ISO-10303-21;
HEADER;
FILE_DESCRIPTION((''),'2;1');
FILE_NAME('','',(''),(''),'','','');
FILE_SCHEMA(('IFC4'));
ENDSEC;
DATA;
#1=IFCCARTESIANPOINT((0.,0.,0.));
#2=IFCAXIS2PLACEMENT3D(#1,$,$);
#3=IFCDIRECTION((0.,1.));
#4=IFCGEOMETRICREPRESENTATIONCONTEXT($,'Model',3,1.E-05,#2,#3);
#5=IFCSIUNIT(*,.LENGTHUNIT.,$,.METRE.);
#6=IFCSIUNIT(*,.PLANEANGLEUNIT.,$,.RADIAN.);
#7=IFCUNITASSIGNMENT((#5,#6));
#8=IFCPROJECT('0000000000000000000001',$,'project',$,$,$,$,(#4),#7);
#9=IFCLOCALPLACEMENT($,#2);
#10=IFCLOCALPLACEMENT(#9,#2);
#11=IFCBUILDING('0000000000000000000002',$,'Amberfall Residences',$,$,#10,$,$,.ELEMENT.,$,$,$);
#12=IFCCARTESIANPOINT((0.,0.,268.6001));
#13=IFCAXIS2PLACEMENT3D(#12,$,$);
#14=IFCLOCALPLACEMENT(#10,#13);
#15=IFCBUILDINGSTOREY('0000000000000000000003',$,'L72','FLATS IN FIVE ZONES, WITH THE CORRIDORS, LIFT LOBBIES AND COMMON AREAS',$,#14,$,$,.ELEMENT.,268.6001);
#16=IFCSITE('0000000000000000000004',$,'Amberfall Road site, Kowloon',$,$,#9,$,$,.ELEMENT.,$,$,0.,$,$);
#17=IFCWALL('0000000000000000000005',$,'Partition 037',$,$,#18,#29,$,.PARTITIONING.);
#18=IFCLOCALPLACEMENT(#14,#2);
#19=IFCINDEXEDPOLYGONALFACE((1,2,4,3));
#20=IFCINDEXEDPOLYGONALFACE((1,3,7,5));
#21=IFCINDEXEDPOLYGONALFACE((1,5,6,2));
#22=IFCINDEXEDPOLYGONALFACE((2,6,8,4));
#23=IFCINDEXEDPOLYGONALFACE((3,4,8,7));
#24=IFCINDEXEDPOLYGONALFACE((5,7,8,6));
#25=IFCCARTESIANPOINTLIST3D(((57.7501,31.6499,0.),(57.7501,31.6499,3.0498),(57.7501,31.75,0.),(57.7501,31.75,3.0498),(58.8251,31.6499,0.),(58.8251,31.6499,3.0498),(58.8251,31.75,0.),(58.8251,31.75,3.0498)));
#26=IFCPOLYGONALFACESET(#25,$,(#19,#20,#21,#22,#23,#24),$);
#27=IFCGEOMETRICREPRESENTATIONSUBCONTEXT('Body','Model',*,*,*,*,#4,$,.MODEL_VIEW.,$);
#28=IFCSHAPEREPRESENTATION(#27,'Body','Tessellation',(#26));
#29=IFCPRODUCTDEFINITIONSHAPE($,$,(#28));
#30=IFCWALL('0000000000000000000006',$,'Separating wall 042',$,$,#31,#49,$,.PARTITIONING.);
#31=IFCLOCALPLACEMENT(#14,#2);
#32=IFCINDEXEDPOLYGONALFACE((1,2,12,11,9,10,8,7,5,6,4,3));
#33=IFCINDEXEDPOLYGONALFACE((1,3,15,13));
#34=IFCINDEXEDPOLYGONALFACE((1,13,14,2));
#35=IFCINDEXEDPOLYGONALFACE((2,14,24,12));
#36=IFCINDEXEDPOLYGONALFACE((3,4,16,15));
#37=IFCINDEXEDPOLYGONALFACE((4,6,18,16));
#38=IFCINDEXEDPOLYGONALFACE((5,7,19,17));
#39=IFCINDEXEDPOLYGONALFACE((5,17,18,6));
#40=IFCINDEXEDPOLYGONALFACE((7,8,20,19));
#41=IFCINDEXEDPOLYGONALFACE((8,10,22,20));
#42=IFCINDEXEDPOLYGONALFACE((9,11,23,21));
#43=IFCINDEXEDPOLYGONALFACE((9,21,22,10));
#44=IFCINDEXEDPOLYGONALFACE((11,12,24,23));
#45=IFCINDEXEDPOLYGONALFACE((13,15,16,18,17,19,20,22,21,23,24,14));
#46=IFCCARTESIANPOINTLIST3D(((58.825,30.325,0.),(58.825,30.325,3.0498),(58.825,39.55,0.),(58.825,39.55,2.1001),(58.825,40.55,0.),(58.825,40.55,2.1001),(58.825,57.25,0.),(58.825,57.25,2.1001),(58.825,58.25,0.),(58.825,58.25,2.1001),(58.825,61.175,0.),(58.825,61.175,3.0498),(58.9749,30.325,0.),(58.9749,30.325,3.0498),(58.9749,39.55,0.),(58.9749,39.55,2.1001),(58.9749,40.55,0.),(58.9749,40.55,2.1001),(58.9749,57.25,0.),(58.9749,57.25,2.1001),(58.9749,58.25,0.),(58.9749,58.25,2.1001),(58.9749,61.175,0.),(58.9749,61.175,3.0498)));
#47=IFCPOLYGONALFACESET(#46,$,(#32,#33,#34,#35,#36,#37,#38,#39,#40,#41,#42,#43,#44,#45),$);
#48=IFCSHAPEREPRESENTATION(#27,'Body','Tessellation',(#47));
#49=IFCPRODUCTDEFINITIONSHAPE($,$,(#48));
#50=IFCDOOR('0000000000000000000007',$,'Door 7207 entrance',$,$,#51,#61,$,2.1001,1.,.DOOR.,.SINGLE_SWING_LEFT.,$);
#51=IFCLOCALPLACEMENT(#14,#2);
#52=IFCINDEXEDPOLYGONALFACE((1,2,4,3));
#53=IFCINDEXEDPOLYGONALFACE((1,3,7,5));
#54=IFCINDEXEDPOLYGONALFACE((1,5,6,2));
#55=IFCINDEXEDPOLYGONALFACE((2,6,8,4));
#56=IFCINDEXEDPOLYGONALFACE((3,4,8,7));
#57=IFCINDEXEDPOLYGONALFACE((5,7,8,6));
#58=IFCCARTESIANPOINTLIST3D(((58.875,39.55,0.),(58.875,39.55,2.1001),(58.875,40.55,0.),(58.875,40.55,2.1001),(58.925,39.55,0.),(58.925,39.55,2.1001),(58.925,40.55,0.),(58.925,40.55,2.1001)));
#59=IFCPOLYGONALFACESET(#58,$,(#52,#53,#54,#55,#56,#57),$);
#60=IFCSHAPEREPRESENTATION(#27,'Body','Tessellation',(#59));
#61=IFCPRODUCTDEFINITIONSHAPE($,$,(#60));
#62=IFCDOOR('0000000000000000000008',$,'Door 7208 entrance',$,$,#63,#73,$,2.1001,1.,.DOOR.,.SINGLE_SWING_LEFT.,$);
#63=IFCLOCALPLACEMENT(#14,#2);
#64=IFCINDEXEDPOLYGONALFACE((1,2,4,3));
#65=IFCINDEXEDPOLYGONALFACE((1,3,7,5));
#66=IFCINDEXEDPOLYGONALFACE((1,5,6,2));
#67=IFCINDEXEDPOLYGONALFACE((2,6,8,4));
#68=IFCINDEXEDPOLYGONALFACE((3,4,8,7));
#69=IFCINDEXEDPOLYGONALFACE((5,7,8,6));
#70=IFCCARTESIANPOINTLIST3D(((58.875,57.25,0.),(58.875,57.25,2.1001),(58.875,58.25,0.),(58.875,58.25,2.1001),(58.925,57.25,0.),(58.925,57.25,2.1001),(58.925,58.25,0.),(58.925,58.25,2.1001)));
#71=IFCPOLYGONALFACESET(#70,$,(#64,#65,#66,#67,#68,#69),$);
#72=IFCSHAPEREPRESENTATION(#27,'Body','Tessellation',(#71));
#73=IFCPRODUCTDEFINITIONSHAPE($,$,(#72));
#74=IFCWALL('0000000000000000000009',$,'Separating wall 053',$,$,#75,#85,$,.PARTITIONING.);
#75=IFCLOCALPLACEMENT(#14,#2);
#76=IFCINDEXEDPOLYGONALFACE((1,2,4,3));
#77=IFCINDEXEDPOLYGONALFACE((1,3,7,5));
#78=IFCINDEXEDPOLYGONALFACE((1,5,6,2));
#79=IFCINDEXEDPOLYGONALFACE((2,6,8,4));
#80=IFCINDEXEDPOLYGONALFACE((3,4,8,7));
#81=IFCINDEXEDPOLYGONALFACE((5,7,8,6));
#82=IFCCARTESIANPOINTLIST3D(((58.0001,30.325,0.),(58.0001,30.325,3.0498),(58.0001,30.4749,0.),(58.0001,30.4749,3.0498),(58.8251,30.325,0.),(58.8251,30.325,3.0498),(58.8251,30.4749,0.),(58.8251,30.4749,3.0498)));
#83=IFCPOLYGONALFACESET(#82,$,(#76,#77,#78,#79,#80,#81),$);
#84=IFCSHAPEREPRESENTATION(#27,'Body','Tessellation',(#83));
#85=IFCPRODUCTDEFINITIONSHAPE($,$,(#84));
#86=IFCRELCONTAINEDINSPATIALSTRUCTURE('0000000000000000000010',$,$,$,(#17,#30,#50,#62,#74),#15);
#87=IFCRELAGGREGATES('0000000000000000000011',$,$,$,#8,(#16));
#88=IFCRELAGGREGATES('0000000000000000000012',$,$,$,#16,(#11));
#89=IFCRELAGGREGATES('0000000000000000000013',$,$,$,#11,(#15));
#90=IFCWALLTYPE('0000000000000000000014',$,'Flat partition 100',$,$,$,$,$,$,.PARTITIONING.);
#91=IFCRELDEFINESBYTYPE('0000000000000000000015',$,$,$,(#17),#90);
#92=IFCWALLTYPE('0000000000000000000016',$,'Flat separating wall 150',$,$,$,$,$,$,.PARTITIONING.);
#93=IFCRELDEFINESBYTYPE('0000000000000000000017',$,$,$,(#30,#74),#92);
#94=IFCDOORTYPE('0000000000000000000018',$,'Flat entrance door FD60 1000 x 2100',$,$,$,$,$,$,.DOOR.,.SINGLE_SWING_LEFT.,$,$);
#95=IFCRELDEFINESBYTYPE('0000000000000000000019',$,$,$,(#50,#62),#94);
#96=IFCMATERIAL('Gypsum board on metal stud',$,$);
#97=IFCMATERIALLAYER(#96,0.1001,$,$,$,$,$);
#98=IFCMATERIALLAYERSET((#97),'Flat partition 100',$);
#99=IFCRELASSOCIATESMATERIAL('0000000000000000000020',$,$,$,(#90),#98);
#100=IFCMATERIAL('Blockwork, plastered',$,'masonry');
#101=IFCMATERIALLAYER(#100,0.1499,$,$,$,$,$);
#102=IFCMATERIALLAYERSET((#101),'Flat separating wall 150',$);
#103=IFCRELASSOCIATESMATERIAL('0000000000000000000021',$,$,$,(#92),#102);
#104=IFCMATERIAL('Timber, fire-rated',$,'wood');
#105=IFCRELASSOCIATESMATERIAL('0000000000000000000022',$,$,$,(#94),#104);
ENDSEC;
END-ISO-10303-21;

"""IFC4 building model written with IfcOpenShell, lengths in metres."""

from ifc_helpers import new_model, si_unit, direction, frame, frame_2d, origin, place, context, subcontext, project, spatial, rectangle, extrude, material, layer, layer_set, type_object, element, fill, save


model = new_model("IFC4")

# Units and contexts
model_context = context("Model", 3, precision=1e-05, world=origin(), true_north=direction((0.0, 1.0)))
body_context = subcontext(model_context, "Body", "Model", "MODEL_VIEW")
ifc_project = project(units=[si_unit("LENGTHUNIT", "METRE"), si_unit("PLANEANGLEUNIT", "RADIAN")], contexts=[model_context])

# Site, building, storey
site_placement = place(None, origin())
site = spatial("IfcSite", under=ifc_project, at=site_placement, Name="Amberfall Road site, Kowloon", CompositionType="ELEMENT", RefElevation=0.0)
building_placement = place(site_placement, origin())
building = spatial("IfcBuilding", under=site, at=building_placement, Name="Amberfall Residences", CompositionType="ELEMENT")
storey_placement = place(building_placement, frame((0.0, 0.0, 268.6001)))
storey = spatial("IfcBuildingStorey", under=building, at=storey_placement, Name="L72", Description="FLATS IN FIVE ZONES, WITH THE CORRIDORS, LIFT LOBBIES AND COMMON AREAS", CompositionType="ELEMENT", Elevation=268.6001)

# Shared definitions
ifc_material_1 = material(Name="Gypsum board on metal stud")
ifc_layer_1 = layer(ifc_material_1, 0.1001)
ifc_layer_set_1 = layer_set([ifc_layer_1], Name="Flat partition 100")
wall_type_1 = type_object("IfcWallType", Name="Flat partition 100", PredefinedType="PARTITIONING", material=ifc_layer_set_1)

# Wall
wall_1_placement = place(storey_placement, frame((57.75, 31.7, 0.0), z_axis=(0.0, 0.0, 1.0), x_axis=(1.0, 0.0, 0.0)))
element("IfcWall", 1, at=wall_1_placement, inside=storey, type_object=wall_type_1, Name="Partition 037", PredefinedType="PARTITIONING", context=body_context, shape_type="SweptSolid", body=[
    extrude(rectangle(XDim=1.075, YDim=0.1001, at=frame_2d((0.5376, 0.0))), origin(), (0.0, 0.0, 1.0), 3.0498),
])

# Wall, openings, doors
ifc_material_2 = material(Name="Blockwork, plastered", Category="masonry")
ifc_layer_2 = layer(ifc_material_2, 0.1499)
ifc_layer_set_2 = layer_set([ifc_layer_2], Name="Flat separating wall 150")
wall_type_2 = type_object("IfcWallType", Name="Flat separating wall 150", PredefinedType="PARTITIONING", material=ifc_layer_set_2)
wall_2_placement = place(storey_placement, frame((58.8999, 30.325, 0.0), z_axis=(0.0, 0.0, 1.0), x_axis=(0.0, 1.0, 0.0)))
wall_2 = element("IfcWall", 2, at=wall_2_placement, inside=storey, type_object=wall_type_2, Name="Separating wall 042", PredefinedType="PARTITIONING", context=body_context, shape_type="SweptSolid", body=[
    extrude(rectangle(XDim=30.8501, YDim=0.1499, at=frame_2d((15.425, 0.0))), origin(), (0.0, 0.0, 1.0), 3.0498),
])
opening_1_placement = place(wall_2_placement, frame((9.2251, 0.0, 0.0)))
opening_1 = element("IfcOpeningElement", 3, at=opening_1_placement, cuts=wall_2, PredefinedType="OPENING", context=body_context, shape_type="SweptSolid", body=[
    extrude(rectangle(XDim=1.0, YDim=2.1001, at=frame_2d((0.5, 1.05))), frame((0.0, 0.085, 0.0), z_axis=(0.0, -1.0, 0.0), x_axis=(1.0, 0.0, 0.0)), (0.0, 0.0, 1.0), 0.1699),
])
opening_2_placement = place(wall_2_placement, frame((26.925, 0.0, 0.0)))
opening_2 = element("IfcOpeningElement", 4, at=opening_2_placement, cuts=wall_2, PredefinedType="OPENING", context=body_context, shape_type="SweptSolid", body=[
    extrude(rectangle(XDim=1.0, YDim=2.1001, at=frame_2d((0.5, 1.05))), frame((0.0, 0.085, 0.0), z_axis=(0.0, -1.0, 0.0), x_axis=(1.0, 0.0, 0.0)), (0.0, 0.0, 1.0), 0.1699),
])
ifc_material_3 = material(Name="Timber, fire-rated", Category="wood")
door_type_1 = type_object("IfcDoorType", Name="Flat entrance door FD60 1000 x 2100", OperationType="SINGLE_SWING_LEFT", PredefinedType="DOOR", material=ifc_material_3)
door_1_placement = place(opening_1_placement, origin())
door_1 = element("IfcDoor", 5, at=door_1_placement, inside=storey, type_object=door_type_1, Name="Door 7207 entrance", OperationType="SINGLE_SWING_LEFT", OverallHeight=2.1001, OverallWidth=1.0, PredefinedType="DOOR", context=body_context, shape_type="SweptSolid", body=[
    extrude(rectangle(XDim=1.0, YDim=2.1001, at=frame_2d((0.5, 1.05))), frame((0.0, 0.0249, 0.0), z_axis=(0.0, -1.0, 0.0), x_axis=(1.0, 0.0, 0.0)), (0.0, 0.0, 1.0), 0.05),
])
fill(opening_1, door_1)
door_2_placement = place(opening_2_placement, origin())
door_2 = element("IfcDoor", 6, at=door_2_placement, inside=storey, type_object=door_type_1, Name="Door 7208 entrance", OperationType="SINGLE_SWING_LEFT", OverallHeight=2.1001, OverallWidth=1.0, PredefinedType="DOOR", context=body_context, shape_type="SweptSolid", body=[
    extrude(rectangle(XDim=1.0, YDim=2.1001, at=frame_2d((0.5, 1.05))), frame((0.0, 0.0249, 0.0), z_axis=(0.0, -1.0, 0.0), x_axis=(1.0, 0.0, 0.0)), (0.0, 0.0, 1.0), 0.05),
])
fill(opening_2, door_2)

# Wall
wall_3_placement = place(storey_placement, frame((58.0, 30.3999, 0.0), z_axis=(0.0, 0.0, 1.0), x_axis=(1.0, 0.0, 0.0)))
element("IfcWall", 7, at=wall_3_placement, inside=storey, type_object=wall_type_2, Name="Separating wall 053", PredefinedType="PARTITIONING", context=body_context, shape_type="SweptSolid", body=[
    extrude(rectangle(XDim=0.825, YDim=0.1499, at=frame_2d((0.4126, 0.0))), origin(), (0.0, 0.0, 1.0), 3.0498),
])

save(model, "model.ifc")
